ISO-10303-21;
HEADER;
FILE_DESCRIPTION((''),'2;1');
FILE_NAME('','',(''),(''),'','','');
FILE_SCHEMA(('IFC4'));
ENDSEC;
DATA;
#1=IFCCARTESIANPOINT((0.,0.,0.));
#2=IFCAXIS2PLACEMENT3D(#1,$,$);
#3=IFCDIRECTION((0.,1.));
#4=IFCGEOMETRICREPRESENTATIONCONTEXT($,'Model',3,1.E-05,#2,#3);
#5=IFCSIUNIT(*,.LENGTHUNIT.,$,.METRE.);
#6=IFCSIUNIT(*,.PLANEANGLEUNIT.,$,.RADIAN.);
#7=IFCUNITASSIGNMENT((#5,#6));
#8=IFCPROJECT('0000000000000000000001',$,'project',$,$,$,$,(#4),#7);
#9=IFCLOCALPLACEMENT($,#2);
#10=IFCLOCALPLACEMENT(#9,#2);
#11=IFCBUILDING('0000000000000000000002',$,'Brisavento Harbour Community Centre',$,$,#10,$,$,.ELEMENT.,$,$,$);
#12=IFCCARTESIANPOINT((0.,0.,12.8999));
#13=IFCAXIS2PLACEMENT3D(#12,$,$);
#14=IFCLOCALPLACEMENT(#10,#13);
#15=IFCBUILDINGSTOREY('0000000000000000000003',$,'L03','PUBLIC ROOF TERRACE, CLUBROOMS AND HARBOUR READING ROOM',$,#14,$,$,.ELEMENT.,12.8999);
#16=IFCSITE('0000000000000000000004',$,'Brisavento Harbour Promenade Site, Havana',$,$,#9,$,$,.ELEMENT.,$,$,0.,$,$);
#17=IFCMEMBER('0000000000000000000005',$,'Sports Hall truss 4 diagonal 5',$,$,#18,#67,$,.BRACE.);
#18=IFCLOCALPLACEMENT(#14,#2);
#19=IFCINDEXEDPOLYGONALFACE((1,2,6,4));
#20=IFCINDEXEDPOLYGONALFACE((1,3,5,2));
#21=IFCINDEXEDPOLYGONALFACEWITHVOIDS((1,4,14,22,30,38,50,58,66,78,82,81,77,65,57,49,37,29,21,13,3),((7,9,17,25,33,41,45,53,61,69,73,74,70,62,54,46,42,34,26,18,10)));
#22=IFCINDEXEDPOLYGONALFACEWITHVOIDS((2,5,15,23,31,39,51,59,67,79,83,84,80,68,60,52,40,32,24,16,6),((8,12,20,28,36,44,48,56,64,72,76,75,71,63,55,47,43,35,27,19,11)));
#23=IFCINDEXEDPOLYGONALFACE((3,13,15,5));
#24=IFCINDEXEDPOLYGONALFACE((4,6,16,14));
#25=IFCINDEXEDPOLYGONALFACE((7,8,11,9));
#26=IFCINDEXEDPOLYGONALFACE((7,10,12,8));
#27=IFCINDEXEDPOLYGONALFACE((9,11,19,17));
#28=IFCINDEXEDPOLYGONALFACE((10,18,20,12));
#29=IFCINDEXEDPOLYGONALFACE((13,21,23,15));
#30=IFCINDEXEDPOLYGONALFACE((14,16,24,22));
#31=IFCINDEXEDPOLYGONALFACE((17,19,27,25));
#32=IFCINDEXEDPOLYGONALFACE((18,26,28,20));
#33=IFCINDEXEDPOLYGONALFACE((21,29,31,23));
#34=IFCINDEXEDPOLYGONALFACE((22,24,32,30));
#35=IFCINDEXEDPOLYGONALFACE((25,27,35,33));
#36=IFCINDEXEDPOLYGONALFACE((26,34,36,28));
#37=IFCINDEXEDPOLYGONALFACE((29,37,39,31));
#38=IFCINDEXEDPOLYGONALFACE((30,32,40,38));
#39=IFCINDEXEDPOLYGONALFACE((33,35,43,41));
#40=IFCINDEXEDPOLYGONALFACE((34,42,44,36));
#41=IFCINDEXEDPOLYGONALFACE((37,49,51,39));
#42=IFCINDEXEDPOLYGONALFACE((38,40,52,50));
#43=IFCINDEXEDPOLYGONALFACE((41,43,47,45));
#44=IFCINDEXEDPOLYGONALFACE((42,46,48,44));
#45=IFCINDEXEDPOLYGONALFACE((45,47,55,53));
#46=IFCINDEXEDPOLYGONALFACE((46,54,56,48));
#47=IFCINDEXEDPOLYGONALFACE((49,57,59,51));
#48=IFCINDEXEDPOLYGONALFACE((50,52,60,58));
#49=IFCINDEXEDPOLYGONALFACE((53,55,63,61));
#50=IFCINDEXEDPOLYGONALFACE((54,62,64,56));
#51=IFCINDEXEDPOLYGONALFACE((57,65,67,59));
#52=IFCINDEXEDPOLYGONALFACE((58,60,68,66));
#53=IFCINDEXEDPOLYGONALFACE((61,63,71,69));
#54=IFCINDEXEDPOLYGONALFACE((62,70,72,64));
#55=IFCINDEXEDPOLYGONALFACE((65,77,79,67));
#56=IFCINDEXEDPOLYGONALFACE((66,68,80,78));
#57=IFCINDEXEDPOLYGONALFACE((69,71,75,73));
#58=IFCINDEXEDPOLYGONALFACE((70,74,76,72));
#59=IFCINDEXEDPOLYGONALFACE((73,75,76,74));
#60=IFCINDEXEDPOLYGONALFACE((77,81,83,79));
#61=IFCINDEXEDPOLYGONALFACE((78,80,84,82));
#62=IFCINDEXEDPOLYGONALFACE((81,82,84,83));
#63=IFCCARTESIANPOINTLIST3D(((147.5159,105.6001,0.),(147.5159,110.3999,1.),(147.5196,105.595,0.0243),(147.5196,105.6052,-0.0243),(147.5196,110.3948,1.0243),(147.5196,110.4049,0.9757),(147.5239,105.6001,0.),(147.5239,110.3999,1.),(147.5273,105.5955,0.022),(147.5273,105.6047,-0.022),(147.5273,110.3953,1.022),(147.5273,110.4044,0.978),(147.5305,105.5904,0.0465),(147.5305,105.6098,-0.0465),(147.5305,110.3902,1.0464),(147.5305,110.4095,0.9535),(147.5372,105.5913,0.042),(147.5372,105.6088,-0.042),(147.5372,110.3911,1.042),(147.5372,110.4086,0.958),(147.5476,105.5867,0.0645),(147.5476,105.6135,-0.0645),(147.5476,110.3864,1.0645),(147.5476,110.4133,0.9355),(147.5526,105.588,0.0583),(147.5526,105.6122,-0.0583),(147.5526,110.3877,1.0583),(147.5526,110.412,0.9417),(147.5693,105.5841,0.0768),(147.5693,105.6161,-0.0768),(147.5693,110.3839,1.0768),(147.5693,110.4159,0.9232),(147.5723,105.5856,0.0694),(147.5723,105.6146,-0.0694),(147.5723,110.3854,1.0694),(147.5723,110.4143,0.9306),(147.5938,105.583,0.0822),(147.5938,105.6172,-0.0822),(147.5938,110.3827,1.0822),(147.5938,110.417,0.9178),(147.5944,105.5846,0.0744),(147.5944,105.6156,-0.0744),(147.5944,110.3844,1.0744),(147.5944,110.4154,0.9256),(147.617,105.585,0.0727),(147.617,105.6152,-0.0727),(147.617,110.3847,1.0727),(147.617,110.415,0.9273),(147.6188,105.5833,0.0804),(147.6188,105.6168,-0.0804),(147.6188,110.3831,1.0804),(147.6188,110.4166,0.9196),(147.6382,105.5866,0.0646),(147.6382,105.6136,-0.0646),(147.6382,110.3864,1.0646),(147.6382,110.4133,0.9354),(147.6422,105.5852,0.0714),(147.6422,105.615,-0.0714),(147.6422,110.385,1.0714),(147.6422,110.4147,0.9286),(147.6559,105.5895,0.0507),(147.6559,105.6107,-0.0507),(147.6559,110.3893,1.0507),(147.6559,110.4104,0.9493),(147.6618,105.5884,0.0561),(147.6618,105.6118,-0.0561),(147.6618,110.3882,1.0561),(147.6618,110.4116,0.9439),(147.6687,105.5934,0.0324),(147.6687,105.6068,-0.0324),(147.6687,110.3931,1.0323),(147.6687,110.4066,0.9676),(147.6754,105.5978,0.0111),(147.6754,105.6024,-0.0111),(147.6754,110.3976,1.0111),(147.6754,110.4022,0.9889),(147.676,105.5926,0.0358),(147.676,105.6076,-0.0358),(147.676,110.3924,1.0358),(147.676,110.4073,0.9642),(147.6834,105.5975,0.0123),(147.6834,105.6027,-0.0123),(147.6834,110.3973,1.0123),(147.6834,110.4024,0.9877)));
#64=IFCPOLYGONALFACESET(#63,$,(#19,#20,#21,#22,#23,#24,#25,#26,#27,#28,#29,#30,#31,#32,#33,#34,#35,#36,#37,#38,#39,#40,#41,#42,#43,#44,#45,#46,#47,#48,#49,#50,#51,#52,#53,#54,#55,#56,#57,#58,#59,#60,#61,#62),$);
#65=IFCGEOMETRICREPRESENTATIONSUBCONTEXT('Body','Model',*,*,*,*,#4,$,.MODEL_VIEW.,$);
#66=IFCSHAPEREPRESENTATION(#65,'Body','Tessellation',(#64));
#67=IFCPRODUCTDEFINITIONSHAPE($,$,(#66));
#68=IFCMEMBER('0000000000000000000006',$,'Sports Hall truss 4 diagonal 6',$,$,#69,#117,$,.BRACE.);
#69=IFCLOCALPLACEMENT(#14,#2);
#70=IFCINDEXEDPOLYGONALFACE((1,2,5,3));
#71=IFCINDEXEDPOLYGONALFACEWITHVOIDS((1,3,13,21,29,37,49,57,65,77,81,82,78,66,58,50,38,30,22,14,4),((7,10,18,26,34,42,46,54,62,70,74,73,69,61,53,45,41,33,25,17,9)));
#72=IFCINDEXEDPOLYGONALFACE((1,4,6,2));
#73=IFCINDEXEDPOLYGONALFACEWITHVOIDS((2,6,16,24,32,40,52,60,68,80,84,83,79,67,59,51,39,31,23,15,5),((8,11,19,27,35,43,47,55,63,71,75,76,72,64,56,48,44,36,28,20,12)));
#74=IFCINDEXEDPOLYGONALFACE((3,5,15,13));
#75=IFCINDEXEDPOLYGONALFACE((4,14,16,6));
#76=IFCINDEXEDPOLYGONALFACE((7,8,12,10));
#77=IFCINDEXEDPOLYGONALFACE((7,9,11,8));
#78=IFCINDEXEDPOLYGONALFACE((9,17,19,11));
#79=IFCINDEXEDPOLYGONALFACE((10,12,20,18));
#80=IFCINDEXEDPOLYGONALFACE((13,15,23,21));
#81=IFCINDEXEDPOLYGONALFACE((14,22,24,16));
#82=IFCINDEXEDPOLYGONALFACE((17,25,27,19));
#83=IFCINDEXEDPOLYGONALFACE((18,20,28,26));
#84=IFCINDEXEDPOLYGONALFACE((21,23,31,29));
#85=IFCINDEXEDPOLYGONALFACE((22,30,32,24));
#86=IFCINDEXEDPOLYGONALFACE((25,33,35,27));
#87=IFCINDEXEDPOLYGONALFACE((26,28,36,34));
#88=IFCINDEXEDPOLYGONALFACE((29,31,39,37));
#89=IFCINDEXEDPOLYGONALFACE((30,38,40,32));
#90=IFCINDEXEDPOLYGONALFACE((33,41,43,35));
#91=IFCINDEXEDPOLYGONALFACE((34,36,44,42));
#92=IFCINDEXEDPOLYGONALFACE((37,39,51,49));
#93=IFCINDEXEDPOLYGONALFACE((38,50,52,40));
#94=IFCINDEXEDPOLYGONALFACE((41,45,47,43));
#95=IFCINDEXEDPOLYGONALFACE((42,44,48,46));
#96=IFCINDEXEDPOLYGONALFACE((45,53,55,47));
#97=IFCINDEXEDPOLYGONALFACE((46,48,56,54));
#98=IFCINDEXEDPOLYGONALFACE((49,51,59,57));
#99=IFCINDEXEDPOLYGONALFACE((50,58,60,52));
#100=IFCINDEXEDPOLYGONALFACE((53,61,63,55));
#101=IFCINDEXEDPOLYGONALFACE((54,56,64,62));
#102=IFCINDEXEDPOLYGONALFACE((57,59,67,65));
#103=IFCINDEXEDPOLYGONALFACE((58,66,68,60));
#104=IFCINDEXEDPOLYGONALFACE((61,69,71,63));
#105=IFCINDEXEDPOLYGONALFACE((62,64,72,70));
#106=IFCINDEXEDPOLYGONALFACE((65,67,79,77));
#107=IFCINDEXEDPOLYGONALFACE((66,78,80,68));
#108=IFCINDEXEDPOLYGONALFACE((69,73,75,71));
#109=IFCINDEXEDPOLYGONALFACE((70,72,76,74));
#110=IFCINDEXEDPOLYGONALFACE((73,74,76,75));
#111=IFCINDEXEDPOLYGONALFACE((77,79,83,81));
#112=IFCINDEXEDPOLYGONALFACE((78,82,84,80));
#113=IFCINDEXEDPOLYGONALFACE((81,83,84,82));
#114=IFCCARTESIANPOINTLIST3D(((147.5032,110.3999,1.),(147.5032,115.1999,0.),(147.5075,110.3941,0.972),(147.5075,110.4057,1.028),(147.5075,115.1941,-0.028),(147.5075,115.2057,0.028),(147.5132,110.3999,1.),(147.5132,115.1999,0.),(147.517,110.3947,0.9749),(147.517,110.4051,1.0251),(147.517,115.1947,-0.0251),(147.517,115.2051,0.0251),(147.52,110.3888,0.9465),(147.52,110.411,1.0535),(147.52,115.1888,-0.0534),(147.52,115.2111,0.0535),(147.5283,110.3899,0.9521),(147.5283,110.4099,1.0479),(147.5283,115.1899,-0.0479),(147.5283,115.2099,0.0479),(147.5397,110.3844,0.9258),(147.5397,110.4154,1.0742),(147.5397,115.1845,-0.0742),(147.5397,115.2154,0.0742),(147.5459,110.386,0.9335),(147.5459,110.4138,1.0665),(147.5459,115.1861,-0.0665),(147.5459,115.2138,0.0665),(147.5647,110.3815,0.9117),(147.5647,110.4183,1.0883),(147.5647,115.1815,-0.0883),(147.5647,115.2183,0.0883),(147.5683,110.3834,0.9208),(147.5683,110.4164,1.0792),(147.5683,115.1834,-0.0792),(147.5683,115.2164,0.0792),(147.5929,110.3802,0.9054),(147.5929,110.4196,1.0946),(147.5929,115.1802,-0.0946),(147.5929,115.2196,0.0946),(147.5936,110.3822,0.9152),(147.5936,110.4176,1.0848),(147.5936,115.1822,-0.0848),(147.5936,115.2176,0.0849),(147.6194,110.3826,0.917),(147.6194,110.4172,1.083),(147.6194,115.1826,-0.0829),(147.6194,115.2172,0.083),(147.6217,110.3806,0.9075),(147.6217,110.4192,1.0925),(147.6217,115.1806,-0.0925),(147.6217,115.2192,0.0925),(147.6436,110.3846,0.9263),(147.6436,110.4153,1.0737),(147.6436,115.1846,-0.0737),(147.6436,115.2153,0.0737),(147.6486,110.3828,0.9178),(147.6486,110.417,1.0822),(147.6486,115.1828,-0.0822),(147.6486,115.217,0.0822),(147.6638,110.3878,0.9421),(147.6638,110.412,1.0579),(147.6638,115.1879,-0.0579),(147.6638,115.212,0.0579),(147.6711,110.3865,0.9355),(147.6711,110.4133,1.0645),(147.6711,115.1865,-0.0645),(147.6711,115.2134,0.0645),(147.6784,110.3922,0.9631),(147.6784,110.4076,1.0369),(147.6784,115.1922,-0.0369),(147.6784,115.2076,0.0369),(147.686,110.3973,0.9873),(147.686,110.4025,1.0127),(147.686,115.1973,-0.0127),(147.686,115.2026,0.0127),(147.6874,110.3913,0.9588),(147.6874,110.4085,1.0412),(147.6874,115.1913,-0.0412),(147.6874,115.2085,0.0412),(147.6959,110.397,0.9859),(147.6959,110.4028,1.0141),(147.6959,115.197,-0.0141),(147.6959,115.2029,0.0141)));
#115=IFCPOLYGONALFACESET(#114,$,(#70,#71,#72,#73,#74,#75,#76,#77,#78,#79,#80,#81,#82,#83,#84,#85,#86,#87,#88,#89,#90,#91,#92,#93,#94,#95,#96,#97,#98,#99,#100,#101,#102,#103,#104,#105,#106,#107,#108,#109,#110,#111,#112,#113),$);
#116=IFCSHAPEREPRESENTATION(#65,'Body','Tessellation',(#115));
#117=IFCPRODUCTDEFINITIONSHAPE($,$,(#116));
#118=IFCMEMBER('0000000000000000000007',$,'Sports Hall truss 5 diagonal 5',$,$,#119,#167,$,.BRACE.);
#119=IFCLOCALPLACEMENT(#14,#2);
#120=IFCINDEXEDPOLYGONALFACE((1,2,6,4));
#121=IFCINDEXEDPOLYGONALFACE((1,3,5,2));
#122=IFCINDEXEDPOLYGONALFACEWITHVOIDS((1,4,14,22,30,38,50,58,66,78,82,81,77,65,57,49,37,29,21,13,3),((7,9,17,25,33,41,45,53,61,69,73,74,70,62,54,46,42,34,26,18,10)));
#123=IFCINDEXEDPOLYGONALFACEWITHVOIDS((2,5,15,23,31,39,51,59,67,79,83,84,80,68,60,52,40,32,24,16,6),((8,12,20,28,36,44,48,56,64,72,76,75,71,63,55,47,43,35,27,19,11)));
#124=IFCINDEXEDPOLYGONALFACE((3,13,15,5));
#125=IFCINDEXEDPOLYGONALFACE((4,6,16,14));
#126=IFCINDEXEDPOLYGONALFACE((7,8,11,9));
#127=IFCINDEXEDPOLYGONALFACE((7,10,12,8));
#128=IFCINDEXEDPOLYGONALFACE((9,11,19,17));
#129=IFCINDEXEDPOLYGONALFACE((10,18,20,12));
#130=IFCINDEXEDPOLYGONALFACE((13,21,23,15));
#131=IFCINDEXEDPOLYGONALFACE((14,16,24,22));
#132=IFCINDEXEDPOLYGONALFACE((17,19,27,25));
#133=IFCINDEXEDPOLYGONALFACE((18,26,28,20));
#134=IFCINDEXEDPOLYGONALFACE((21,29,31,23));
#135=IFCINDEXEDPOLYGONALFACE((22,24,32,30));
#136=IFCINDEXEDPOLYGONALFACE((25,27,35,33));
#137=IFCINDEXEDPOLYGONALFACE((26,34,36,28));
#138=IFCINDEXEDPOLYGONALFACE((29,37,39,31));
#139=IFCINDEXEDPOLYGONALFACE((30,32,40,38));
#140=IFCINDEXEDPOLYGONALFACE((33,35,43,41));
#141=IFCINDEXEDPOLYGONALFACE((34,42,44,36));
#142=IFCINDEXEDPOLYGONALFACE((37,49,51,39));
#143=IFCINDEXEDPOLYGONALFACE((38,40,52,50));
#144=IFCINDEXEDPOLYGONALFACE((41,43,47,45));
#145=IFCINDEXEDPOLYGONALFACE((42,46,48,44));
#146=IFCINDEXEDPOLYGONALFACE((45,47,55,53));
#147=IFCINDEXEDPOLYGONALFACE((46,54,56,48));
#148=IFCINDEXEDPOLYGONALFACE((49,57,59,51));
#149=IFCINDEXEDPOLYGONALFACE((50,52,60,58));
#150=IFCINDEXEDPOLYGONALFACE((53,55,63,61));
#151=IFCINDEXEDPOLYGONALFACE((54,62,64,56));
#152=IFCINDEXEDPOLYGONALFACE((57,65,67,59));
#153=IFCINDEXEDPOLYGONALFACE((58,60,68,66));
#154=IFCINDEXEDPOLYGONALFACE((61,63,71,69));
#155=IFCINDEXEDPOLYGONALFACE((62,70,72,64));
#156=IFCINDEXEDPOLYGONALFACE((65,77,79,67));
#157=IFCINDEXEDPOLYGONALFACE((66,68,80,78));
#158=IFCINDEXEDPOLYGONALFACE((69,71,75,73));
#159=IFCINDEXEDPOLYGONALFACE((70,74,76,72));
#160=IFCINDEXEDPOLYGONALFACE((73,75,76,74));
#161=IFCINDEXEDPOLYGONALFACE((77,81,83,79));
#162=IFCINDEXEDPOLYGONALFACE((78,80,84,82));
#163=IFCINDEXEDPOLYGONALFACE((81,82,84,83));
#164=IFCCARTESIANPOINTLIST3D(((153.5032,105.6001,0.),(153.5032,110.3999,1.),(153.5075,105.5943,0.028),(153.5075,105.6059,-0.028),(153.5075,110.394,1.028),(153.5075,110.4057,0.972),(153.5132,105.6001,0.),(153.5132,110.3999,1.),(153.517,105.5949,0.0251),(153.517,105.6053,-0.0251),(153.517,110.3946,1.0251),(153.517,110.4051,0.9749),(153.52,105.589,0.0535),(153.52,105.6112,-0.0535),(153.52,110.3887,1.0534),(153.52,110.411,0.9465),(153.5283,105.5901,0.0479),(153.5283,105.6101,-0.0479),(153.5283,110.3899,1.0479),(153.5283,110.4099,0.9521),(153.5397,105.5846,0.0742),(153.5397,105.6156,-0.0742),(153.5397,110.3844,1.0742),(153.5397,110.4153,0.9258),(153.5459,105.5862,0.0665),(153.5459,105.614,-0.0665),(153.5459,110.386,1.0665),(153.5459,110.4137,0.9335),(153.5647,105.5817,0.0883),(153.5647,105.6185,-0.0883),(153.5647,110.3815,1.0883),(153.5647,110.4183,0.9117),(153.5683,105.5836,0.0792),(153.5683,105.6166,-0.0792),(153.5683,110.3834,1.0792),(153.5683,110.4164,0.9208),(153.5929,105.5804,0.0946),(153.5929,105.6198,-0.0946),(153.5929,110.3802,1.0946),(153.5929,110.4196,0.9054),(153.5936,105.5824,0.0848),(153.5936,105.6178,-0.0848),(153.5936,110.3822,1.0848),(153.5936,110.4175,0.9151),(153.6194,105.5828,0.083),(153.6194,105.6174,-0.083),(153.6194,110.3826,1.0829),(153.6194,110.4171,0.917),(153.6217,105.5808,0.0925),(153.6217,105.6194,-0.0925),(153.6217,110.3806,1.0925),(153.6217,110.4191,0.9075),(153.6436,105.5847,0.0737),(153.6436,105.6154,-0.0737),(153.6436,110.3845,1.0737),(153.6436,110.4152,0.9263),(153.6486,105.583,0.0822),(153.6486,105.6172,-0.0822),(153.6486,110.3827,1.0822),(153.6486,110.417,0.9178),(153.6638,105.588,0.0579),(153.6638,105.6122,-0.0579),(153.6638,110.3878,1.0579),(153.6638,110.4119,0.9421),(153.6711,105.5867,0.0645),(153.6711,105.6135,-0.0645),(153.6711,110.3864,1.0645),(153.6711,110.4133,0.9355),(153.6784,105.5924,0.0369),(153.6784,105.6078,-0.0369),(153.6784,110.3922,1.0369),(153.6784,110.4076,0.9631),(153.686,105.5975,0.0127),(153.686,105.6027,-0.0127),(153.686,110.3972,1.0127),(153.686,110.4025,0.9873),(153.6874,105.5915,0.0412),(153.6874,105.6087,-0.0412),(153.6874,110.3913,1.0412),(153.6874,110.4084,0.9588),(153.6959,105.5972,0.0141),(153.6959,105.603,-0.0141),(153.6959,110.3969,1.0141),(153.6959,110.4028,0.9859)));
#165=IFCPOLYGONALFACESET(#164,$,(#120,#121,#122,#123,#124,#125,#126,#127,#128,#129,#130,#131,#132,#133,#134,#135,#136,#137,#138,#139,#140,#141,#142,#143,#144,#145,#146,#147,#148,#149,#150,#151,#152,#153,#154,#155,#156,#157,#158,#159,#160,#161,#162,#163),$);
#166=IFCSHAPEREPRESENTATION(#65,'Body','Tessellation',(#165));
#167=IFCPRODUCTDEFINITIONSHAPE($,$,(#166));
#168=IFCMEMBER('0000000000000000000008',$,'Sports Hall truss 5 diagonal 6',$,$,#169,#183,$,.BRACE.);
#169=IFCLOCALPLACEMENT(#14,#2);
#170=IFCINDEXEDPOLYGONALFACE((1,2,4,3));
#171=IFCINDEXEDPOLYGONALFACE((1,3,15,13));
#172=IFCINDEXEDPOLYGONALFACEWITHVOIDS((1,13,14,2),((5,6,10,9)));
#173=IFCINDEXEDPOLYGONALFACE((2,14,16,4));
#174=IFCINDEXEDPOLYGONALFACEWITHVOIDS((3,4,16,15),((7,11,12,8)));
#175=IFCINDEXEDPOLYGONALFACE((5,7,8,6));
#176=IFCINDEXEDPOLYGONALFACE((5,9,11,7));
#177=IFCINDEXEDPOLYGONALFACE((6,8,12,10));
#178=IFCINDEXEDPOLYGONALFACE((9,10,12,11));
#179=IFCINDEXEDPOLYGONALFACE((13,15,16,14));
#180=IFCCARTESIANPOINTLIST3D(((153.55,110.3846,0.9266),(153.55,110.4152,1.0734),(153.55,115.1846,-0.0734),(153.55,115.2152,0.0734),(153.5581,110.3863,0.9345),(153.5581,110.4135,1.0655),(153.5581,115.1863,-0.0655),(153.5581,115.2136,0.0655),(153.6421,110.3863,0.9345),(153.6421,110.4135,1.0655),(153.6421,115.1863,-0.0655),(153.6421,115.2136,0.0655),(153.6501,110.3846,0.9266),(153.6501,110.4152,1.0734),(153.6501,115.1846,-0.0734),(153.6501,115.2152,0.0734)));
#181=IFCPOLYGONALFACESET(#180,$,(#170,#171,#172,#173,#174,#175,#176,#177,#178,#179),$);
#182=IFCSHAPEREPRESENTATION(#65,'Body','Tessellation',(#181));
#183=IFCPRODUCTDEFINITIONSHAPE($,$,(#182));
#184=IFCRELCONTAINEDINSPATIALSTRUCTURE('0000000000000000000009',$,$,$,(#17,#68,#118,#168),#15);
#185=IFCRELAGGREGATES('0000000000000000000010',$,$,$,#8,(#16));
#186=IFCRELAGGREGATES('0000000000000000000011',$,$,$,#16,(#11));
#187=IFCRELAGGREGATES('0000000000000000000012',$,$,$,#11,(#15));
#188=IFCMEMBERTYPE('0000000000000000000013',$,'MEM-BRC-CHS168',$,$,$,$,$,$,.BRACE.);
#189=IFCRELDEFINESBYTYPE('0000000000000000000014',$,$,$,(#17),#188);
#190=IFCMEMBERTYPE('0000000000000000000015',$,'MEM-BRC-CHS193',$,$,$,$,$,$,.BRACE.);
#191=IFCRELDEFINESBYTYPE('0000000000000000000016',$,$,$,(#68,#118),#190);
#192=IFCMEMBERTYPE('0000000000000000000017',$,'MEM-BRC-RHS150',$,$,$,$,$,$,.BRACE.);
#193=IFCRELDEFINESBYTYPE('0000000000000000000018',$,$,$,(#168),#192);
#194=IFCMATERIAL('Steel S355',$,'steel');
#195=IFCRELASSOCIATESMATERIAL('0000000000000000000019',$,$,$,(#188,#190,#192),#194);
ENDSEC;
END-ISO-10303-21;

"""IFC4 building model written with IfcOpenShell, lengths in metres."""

from ifc_helpers import new_model, si_unit, direction, frame, origin, origin_2d, place, context, subcontext, project, spatial, hollow_rectangle, hollow_circle, extrude, material, material_profile, profile_set, type_object, element, save


model = new_model("IFC4")

# Units and contexts
model_context = context("Model", 3, precision=1e-05, world=origin(), true_north=direction((0.0, 1.0)))
body_context = subcontext(model_context, "Body", "Model", "MODEL_VIEW")
ifc_project = project(units=[si_unit("LENGTHUNIT", "METRE"), si_unit("PLANEANGLEUNIT", "RADIAN")], contexts=[model_context])

# Site, building, storey
site_placement = place(None, origin())
site = spatial("IfcSite", under=ifc_project, at=site_placement, Name="Brisavento Harbour Promenade Site, Havana", CompositionType="ELEMENT", RefElevation=0.0)
building_placement = place(site_placement, origin())
building = spatial("IfcBuilding", under=site, at=building_placement, Name="Brisavento Harbour Community Centre", CompositionType="ELEMENT")
storey_placement = place(building_placement, frame((0.0, 0.0, 12.8999)))
storey = spatial("IfcBuildingStorey", under=building, at=storey_placement, Name="L03", Description="PUBLIC ROOF TERRACE, CLUBROOMS AND HARBOUR READING ROOM", CompositionType="ELEMENT", Elevation=12.8999)

# Members
ifc_material = material(Name="Steel S355", Category="steel")
ifc_material_profile_1 = material_profile(ifc_material, hollow_circle(Radius=0.0842, WallThickness=0.0081, at=origin_2d()), Name="Steel S355")
ifc_profile_set_1 = profile_set([ifc_material_profile_1], Name="Steel S355")
member_type_1 = type_object("IfcMemberType", Name="MEM-BRC-CHS168", PredefinedType="BRACE", material=ifc_profile_set_1)
member_1_placement = place(storey_placement, frame((147.6001, 105.6001, 0.0), z_axis=(0.0, 0.978979, 0.203962), x_axis=(-1.0, 0.0, 0.0)))
element("IfcMember", 1, at=member_1_placement, inside=storey, type_object=member_type_1, Name="Sports Hall truss 4 diagonal 5", PredefinedType="BRACE", context=body_context, shape_type="SweptSolid", body=[
    extrude(hollow_circle(Radius=0.0842, WallThickness=0.0081, at=origin_2d()), origin(), (0.0, 0.0, 1.0), 4.9028),
])
ifc_material_profile_2 = material_profile(ifc_material, hollow_circle(Radius=0.0969, WallThickness=0.01, at=origin_2d()), Name="Steel S355")
ifc_profile_set_2 = profile_set([ifc_material_profile_2], Name="Steel S355")
member_type_2 = type_object("IfcMemberType", Name="MEM-BRC-CHS193", PredefinedType="BRACE", material=ifc_profile_set_2)
member_2_placement = place(storey_placement, frame((147.6001, 110.3999, 1.0), z_axis=(0.0, 0.978981, -0.203952), x_axis=(-1.0, 0.0, 0.0)))
element("IfcMember", 2, at=member_2_placement, inside=storey, type_object=member_type_2, Name="Sports Hall truss 4 diagonal 6", PredefinedType="BRACE", context=body_context, shape_type="SweptSolid", body=[
    extrude(hollow_circle(Radius=0.0969, WallThickness=0.01, at=origin_2d()), origin(), (0.0, 0.0, 1.0), 4.9031),
])
member_3_placement = place(storey_placement, frame((153.6001, 105.6001, 0.0), z_axis=(0.0, 0.978979, 0.203962), x_axis=(-1.0, 0.0, 0.0)))
element("IfcMember", 3, at=member_3_placement, inside=storey, type_object=member_type_2, Name="Sports Hall truss 5 diagonal 5", PredefinedType="BRACE", context=body_context, shape_type="SweptSolid", body=[
    extrude(hollow_circle(Radius=0.0969, WallThickness=0.01, at=origin_2d()), origin(), (0.0, 0.0, 1.0), 4.9028),
])
ifc_material_profile_3 = material_profile(ifc_material, hollow_rectangle(XDim=0.1001, YDim=0.1499, WallThickness=0.0081, at=origin_2d()), Name="Steel S355")
ifc_profile_set_3 = profile_set([ifc_material_profile_3], Name="Steel S355")
member_type_3 = type_object("IfcMemberType", Name="MEM-BRC-RHS150", PredefinedType="BRACE", material=ifc_profile_set_3)
member_4_placement = place(storey_placement, frame((153.6001, 110.3999, 1.0), z_axis=(0.0, 0.978981, -0.203952), x_axis=(-1.0, 0.0, 0.0)))
element("IfcMember", 4, at=member_4_placement, inside=storey, type_object=member_type_3, Name="Sports Hall truss 5 diagonal 6", PredefinedType="BRACE", context=body_context, shape_type="SweptSolid", body=[
    extrude(hollow_rectangle(XDim=0.1001, YDim=0.1499, WallThickness=0.0081, at=origin_2d()), origin(), (0.0, 0.0, 1.0), 4.9031),
])

save(model, "model.ifc")
